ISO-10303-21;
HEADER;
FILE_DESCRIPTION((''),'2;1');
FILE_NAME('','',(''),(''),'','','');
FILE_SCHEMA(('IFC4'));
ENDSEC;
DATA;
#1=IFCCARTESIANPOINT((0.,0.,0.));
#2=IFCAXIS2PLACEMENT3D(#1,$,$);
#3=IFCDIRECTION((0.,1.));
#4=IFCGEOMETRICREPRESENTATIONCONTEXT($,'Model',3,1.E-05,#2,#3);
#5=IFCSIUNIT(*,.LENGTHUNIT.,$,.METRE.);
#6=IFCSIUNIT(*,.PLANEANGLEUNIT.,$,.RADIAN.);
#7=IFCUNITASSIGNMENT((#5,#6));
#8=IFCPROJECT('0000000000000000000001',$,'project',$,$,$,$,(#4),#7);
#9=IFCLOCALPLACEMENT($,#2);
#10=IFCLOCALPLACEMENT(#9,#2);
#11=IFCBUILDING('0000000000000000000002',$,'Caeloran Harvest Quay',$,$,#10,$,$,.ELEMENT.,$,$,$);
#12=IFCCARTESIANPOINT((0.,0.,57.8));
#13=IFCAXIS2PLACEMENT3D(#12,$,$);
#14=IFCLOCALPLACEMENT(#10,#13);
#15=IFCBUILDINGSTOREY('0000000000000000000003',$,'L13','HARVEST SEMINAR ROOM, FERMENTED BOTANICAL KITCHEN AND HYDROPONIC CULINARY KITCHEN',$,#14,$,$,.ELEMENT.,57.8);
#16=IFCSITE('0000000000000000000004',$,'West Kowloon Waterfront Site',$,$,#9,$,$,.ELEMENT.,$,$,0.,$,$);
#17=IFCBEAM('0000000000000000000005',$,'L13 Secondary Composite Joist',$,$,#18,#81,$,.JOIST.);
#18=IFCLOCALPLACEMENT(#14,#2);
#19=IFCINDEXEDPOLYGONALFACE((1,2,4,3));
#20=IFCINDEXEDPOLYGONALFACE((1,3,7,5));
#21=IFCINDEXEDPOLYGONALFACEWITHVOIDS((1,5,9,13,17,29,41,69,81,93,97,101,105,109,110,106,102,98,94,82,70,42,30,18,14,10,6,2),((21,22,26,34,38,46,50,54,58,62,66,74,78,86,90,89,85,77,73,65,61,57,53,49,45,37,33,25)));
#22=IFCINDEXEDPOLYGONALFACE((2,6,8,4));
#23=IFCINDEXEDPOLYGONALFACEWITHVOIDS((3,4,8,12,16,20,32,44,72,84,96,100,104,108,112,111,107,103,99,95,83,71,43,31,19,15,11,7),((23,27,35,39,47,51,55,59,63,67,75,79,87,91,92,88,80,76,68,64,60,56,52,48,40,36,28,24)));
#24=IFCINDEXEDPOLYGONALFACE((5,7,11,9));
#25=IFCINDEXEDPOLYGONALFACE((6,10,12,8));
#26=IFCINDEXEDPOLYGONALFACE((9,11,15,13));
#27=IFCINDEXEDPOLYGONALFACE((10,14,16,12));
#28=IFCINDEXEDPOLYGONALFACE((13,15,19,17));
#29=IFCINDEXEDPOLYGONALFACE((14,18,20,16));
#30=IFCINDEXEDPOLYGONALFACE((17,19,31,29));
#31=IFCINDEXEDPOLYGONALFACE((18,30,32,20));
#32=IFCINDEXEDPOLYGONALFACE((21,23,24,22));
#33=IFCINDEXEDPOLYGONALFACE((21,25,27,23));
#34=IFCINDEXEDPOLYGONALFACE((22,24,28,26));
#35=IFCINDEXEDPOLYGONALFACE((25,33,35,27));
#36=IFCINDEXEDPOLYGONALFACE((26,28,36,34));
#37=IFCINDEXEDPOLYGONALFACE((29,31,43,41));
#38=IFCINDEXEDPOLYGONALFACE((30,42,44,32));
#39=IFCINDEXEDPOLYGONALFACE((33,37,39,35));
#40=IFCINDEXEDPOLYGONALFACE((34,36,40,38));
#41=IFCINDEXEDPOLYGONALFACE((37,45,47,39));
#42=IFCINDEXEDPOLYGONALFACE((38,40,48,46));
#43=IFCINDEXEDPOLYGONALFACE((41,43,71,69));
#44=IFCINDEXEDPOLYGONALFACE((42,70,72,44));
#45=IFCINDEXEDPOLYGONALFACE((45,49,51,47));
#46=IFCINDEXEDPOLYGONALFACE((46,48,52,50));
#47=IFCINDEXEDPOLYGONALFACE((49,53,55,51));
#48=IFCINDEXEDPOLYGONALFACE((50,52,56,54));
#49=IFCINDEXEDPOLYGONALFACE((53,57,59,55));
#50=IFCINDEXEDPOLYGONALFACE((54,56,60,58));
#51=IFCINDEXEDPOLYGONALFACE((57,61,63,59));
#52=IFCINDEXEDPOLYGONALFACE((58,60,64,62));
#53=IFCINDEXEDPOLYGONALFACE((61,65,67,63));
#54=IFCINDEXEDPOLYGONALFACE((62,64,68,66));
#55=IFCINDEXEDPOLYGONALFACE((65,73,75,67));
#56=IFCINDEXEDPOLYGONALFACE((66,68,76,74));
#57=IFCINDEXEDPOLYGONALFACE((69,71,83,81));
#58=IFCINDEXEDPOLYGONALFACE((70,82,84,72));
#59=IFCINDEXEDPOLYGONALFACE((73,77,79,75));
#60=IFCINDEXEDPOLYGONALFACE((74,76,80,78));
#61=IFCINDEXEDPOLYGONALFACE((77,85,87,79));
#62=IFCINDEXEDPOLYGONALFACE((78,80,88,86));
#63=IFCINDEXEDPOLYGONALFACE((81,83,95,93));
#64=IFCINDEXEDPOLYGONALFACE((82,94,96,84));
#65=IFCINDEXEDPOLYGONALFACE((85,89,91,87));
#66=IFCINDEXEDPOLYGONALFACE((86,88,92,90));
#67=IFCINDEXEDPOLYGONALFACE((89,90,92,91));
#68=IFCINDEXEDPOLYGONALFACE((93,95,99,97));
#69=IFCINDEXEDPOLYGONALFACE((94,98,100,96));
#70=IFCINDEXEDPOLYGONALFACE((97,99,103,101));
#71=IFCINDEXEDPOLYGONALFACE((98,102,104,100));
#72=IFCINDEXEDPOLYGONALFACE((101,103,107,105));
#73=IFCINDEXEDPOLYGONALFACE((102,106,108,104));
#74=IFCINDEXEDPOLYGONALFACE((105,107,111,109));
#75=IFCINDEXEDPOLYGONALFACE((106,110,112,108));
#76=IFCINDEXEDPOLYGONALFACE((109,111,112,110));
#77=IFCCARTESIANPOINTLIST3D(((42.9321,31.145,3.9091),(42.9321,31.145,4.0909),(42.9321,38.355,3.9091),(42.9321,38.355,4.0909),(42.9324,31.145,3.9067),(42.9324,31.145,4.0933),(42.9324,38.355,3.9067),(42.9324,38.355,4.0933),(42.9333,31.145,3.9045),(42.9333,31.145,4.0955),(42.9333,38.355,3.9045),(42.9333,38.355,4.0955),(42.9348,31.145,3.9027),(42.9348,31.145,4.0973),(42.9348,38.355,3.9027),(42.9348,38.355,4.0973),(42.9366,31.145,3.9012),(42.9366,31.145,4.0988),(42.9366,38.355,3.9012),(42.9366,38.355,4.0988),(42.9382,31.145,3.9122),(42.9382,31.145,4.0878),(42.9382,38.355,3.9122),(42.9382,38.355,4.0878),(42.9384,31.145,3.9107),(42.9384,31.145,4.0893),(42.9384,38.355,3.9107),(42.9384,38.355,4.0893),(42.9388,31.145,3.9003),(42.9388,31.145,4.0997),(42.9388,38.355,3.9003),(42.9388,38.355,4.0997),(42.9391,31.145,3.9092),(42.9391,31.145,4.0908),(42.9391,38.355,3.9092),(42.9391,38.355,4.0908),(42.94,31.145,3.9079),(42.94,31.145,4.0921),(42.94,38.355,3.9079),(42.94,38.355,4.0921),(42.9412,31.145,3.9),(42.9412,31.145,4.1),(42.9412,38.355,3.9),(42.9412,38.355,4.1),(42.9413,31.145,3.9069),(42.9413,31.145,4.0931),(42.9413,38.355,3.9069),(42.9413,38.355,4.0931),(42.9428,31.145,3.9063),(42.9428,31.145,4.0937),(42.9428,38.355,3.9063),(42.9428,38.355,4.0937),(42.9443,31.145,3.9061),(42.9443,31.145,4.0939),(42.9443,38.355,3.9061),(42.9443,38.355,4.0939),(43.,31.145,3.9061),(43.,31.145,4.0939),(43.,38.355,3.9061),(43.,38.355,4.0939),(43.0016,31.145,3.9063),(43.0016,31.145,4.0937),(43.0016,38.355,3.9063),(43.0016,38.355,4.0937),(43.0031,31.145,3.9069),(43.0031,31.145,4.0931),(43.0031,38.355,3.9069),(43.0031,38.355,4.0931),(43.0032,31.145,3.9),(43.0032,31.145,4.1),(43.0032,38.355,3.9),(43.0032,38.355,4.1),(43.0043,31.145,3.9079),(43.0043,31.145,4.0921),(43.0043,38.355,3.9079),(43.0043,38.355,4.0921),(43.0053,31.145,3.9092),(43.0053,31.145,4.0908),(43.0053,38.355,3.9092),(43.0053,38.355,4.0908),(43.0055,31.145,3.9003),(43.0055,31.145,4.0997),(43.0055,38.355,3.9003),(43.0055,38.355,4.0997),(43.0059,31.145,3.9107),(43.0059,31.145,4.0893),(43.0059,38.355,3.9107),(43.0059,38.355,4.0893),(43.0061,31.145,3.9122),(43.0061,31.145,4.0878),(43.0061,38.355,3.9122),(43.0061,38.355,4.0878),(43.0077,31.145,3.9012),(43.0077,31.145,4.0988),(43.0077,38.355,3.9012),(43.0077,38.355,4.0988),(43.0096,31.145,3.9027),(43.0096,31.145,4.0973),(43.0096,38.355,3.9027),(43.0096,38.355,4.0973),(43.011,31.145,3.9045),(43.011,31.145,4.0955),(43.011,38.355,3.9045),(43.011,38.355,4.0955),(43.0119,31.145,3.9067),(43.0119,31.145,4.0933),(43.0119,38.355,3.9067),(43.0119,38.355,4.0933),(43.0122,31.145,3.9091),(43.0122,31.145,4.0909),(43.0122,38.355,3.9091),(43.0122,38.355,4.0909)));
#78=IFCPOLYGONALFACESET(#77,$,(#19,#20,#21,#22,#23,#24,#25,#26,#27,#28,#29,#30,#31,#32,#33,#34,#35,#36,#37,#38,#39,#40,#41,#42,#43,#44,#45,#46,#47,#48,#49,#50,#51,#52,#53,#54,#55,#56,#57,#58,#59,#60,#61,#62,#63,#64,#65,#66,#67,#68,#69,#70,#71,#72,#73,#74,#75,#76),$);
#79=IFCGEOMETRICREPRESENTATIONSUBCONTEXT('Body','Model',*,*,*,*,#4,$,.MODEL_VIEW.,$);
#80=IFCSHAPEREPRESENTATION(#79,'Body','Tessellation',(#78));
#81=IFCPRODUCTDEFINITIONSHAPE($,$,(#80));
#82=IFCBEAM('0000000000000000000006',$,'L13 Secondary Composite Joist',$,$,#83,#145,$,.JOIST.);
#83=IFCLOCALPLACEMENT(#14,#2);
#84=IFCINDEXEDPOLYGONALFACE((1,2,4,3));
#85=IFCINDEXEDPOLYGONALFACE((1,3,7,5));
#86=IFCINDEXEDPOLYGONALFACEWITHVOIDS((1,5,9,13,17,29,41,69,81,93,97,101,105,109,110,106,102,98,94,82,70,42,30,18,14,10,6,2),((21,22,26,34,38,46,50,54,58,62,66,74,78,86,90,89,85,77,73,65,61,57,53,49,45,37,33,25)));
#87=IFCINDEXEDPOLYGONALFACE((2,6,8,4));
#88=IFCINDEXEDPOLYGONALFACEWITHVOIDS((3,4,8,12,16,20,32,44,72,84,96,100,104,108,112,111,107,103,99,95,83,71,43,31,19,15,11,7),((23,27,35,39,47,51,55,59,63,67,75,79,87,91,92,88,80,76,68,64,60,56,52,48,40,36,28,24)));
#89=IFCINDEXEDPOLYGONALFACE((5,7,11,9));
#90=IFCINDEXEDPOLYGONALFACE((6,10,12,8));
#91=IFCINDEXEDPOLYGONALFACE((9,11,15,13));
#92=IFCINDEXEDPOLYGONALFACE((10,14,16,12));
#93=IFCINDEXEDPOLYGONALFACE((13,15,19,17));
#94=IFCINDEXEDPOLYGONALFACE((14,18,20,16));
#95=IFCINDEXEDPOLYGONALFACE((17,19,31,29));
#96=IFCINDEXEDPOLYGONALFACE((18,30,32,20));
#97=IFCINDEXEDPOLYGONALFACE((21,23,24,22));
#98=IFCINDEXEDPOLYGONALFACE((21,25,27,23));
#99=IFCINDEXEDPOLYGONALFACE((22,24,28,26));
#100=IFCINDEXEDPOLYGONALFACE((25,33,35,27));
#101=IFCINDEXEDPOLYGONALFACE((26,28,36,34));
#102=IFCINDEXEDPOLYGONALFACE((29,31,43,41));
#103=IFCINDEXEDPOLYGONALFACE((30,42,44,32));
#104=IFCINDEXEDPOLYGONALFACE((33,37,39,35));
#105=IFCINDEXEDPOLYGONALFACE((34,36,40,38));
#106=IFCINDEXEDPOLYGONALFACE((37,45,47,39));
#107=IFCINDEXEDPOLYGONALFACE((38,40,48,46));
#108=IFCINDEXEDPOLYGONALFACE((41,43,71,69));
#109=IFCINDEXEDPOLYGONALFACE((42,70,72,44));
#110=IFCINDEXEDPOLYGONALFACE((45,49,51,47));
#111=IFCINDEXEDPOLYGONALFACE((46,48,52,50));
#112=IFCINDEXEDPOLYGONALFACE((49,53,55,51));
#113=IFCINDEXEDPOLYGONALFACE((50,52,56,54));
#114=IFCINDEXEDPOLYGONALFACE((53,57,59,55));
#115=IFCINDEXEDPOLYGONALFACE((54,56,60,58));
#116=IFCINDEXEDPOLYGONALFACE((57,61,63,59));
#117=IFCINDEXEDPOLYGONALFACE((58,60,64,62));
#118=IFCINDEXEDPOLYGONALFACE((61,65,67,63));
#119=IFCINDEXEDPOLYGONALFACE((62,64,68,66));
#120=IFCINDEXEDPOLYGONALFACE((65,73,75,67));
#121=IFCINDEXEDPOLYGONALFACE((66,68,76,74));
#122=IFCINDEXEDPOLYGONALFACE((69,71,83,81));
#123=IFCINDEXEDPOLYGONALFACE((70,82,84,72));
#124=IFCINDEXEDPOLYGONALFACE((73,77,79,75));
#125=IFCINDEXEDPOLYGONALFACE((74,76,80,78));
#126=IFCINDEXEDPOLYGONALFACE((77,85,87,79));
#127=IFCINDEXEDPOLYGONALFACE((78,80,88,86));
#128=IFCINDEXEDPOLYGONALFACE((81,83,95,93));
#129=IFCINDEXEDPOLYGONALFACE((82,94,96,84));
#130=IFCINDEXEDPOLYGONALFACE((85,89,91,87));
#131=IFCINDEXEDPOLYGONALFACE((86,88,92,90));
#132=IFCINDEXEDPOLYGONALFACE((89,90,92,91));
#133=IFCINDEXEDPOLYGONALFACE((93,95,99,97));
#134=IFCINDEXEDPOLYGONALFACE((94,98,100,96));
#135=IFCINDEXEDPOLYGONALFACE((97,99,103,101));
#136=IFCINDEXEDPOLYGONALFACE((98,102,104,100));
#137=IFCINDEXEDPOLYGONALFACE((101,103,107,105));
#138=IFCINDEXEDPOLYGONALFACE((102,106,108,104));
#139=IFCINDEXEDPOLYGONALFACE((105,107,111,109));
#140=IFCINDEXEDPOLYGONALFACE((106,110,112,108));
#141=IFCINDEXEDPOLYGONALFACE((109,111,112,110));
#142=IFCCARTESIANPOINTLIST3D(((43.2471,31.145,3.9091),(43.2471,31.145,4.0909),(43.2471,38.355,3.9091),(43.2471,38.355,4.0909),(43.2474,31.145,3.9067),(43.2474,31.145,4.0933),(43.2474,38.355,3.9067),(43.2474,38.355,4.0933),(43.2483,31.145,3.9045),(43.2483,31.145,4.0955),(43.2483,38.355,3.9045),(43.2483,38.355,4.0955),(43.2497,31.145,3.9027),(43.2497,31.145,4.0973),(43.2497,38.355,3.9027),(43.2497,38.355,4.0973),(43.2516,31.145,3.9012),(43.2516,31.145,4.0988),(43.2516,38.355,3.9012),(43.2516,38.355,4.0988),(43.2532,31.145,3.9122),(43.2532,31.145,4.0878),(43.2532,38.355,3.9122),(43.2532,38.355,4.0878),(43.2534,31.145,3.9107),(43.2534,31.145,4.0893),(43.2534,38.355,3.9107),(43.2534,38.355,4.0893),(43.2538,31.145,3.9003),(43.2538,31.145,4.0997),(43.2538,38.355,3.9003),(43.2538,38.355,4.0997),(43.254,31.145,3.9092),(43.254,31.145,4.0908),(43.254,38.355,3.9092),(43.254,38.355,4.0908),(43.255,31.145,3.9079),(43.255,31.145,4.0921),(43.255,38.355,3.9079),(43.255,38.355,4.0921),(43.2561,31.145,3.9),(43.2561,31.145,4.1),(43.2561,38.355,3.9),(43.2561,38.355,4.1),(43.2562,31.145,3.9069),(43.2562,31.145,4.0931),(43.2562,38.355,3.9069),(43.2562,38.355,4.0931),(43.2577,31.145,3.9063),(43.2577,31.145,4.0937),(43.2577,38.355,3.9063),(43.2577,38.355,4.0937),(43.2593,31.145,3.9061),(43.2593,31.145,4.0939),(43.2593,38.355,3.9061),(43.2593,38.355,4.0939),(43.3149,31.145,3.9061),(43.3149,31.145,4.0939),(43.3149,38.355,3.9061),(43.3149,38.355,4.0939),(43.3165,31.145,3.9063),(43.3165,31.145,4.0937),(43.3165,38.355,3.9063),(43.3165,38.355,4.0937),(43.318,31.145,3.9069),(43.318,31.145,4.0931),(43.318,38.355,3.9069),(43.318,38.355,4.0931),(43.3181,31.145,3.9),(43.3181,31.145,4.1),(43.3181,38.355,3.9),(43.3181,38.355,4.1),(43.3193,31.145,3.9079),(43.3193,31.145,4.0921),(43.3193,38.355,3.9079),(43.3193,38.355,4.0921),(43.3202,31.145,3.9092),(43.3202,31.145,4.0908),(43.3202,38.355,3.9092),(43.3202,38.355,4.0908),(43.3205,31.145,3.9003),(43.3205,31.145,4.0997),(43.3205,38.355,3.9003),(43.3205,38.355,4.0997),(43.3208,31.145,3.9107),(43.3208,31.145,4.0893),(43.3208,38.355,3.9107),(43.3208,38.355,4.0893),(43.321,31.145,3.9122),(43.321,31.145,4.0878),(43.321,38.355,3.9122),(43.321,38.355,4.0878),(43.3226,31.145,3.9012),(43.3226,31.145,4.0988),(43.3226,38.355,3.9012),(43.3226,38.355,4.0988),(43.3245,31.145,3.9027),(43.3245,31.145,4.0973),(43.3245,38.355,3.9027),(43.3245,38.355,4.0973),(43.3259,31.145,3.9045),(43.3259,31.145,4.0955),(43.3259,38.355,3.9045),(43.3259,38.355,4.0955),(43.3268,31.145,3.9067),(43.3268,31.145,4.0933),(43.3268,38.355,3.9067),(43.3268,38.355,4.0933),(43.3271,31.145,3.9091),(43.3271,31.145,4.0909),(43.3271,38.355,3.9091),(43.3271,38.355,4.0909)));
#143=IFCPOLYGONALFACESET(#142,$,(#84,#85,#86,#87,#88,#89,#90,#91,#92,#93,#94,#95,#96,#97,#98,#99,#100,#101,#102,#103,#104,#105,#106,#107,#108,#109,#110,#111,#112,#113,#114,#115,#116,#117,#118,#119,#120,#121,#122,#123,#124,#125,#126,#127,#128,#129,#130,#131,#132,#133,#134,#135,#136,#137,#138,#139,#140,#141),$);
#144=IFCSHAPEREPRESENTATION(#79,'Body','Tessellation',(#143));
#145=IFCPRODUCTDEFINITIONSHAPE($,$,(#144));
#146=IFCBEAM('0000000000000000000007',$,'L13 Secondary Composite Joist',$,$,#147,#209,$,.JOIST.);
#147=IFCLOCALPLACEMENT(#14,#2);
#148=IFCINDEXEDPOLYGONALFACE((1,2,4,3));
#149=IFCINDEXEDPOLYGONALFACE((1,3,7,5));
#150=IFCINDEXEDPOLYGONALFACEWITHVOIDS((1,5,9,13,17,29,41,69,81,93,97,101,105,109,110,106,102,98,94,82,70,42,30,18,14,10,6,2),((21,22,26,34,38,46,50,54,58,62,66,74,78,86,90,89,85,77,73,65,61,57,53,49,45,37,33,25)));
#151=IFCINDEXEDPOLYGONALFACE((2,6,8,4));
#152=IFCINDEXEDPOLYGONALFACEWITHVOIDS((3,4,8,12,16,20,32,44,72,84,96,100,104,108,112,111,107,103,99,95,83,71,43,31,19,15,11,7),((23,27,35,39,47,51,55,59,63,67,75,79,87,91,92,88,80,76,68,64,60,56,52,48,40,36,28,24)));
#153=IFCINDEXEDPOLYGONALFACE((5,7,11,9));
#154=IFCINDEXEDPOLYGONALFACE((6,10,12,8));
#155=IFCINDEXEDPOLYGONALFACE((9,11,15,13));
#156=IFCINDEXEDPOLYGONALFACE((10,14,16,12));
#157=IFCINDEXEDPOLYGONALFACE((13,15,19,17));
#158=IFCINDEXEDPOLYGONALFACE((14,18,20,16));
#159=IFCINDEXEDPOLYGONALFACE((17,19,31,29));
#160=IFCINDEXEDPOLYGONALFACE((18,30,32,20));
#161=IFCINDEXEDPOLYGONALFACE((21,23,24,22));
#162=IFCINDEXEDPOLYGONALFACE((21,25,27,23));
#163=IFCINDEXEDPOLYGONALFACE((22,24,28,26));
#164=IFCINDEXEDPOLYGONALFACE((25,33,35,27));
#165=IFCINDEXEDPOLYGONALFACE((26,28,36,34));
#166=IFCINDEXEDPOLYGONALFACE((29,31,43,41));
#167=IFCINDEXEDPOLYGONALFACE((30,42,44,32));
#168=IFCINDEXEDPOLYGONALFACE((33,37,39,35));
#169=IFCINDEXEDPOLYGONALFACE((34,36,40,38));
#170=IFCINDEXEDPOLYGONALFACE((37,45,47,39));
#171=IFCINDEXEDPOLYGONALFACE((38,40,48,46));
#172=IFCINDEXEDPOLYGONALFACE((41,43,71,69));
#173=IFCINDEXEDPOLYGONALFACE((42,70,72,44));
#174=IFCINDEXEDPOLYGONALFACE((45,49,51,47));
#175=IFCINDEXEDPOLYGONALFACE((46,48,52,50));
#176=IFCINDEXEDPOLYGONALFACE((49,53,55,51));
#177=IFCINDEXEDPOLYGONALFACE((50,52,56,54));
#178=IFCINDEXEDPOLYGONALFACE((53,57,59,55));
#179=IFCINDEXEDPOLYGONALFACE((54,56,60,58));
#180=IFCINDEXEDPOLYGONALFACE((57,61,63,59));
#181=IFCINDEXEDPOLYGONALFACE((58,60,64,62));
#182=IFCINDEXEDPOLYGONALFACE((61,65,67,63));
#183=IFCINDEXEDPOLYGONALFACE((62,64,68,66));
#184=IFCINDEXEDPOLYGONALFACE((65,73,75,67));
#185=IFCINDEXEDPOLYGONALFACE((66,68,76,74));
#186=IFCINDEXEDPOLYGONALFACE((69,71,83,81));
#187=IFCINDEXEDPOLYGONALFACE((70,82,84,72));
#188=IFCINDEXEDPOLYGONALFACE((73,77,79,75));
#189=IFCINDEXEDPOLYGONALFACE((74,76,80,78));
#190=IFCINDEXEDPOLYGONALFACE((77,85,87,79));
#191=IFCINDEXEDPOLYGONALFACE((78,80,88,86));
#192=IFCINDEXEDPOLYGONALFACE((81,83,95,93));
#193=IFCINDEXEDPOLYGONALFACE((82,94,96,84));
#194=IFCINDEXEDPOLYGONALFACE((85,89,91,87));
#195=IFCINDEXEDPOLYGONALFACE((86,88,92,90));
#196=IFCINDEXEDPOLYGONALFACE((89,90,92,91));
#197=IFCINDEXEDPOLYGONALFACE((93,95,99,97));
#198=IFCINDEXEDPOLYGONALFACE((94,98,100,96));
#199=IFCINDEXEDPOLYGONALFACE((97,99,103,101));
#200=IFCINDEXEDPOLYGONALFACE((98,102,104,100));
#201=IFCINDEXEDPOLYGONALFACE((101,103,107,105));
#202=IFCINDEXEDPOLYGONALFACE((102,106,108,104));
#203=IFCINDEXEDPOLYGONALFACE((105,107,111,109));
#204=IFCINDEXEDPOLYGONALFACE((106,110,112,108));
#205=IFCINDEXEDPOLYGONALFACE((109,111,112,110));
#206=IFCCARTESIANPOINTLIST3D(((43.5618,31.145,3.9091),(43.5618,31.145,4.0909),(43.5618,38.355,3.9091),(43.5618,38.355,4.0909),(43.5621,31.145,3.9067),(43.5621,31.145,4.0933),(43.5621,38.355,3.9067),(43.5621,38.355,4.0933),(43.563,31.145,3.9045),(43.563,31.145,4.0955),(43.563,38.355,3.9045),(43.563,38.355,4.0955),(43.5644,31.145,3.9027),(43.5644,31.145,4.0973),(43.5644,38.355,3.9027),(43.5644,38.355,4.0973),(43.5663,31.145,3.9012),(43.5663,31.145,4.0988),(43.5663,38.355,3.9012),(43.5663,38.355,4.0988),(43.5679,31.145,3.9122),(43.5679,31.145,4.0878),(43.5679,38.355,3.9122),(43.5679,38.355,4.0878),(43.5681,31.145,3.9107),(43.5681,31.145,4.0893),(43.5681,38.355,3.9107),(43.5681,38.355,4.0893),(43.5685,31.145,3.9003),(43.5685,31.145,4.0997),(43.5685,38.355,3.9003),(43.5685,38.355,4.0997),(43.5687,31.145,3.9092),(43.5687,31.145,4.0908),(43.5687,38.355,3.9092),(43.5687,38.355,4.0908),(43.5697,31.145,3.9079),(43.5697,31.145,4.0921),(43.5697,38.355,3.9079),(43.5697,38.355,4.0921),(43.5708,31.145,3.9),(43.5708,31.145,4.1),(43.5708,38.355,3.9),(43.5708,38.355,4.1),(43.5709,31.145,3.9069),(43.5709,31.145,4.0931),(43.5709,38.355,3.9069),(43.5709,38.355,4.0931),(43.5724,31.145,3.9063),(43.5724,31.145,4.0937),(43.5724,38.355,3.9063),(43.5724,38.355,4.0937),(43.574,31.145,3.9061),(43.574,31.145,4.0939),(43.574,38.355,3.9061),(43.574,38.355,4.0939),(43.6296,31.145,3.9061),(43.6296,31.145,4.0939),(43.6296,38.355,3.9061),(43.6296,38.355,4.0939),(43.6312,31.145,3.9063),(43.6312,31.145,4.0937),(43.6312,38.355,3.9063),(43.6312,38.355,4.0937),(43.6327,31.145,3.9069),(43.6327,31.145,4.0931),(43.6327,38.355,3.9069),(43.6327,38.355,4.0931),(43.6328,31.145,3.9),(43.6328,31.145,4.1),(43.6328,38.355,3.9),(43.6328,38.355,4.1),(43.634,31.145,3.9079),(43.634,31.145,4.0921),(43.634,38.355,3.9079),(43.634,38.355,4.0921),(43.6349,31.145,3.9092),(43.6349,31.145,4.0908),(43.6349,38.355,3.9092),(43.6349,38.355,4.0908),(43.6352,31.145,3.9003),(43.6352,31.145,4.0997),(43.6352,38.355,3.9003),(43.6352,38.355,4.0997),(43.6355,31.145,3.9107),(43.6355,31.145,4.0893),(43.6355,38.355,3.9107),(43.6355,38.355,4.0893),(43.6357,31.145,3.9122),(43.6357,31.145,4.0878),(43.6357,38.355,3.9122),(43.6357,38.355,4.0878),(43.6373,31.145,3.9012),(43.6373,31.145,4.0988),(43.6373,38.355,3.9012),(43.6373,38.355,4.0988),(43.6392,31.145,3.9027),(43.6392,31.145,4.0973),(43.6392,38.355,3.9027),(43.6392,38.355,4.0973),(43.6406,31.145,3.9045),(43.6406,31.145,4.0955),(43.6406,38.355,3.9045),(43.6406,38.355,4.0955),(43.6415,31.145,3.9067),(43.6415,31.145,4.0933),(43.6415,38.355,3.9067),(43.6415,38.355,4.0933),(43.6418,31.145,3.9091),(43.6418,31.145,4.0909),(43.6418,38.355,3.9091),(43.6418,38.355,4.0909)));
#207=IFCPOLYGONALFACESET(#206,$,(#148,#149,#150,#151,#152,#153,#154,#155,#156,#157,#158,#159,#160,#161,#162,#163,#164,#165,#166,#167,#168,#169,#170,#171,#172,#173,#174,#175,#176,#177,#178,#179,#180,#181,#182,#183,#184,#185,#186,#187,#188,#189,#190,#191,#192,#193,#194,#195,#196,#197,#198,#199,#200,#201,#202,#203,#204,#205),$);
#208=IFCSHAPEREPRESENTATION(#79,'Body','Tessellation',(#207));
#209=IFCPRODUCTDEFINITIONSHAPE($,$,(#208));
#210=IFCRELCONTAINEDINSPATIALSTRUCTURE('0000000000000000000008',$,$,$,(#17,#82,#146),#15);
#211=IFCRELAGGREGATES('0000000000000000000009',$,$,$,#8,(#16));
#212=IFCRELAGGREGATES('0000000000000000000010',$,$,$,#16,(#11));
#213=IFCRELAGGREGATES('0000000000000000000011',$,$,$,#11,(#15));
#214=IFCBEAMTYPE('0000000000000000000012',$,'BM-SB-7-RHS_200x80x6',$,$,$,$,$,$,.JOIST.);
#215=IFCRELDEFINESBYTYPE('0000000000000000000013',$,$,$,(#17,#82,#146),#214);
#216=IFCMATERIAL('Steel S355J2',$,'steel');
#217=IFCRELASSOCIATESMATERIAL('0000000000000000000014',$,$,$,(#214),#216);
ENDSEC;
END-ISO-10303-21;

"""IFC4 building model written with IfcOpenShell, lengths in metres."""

from ifc_helpers import new_model, si_unit, direction, frame, origin, origin_2d, place, context, subcontext, project, spatial, hollow_rectangle, extrude, material, material_profile, profile_set, type_object, element, save


model = new_model("IFC4")

# Units and contexts
model_context = context("Model", 3, precision=1e-05, world=origin(), true_north=direction((0.0, 1.0)))
body_context = subcontext(model_context, "Body", "Model", "MODEL_VIEW")
ifc_project = project(units=[si_unit("LENGTHUNIT", "METRE"), si_unit("PLANEANGLEUNIT", "RADIAN")], contexts=[model_context])

# Site, building, storey
site_placement = place(None, origin())
site = spatial("IfcSite", under=ifc_project, at=site_placement, Name="West Kowloon Waterfront Site", CompositionType="ELEMENT", RefElevation=0.0)
building_placement = place(site_placement, origin())
building = spatial("IfcBuilding", under=site, at=building_placement, Name="Caeloran Harvest Quay", CompositionType="ELEMENT")
storey_placement = place(building_placement, frame((0.0, 0.0, 57.8)))
storey = spatial("IfcBuildingStorey", under=building, at=storey_placement, Name="L13", Description="HARVEST SEMINAR ROOM, FERMENTED BOTANICAL KITCHEN AND HYDROPONIC CULINARY KITCHEN", CompositionType="ELEMENT", Elevation=57.8)

# Beams
ifc_material_1 = material(Name="Steel S355J2", Category="steel")
ifc_material_profile_1 = material_profile(ifc_material_1, hollow_rectangle(XDim=0.0801, YDim=0.2, WallThickness=0.0061, InnerFilletRadius=0.0061, OuterFilletRadius=0.009, at=origin_2d()), Name="RHS 200x80x6")
ifc_profile_set_1 = profile_set([ifc_material_profile_1], Name="Steel S355J2")
beam_type_1 = type_object("IfcBeamType", Name="BM-SB-7-RHS_200x80x6", PredefinedType="JOIST", material=ifc_profile_set_1)
for number, where, z_axis, x_axis, name in (
    (1, (42.9722, 31.145, 4.0), (0.0, 1.0, 0.0), (-1.0, 0.0, 0.0), "L13 Secondary Composite Joist"),
    (2, (43.2871, 31.145, 4.0), (0.0, 1.0, 0.0), (-1.0, 0.0, 0.0), "L13 Secondary Composite Joist"),
    (3, (43.6018, 31.145, 4.0), (0.0, 1.0, 0.0), (-1.0, 0.0, 0.0), "L13 Secondary Composite Joist"),
):
    element("IfcBeam", number, at=place(storey_placement, frame(where, z_axis=z_axis, x_axis=x_axis)), inside=storey, type_object=beam_type_1, Name=name, PredefinedType="JOIST", context=body_context, shape_type="SweptSolid", body=[
        extrude(hollow_rectangle(XDim=0.0801, YDim=0.2, WallThickness=0.0061, InnerFilletRadius=0.0061, OuterFilletRadius=0.009, at=origin_2d()), origin(), (0.0, 0.0, 1.0), 7.21),
    ])

save(model, "model.ifc")
